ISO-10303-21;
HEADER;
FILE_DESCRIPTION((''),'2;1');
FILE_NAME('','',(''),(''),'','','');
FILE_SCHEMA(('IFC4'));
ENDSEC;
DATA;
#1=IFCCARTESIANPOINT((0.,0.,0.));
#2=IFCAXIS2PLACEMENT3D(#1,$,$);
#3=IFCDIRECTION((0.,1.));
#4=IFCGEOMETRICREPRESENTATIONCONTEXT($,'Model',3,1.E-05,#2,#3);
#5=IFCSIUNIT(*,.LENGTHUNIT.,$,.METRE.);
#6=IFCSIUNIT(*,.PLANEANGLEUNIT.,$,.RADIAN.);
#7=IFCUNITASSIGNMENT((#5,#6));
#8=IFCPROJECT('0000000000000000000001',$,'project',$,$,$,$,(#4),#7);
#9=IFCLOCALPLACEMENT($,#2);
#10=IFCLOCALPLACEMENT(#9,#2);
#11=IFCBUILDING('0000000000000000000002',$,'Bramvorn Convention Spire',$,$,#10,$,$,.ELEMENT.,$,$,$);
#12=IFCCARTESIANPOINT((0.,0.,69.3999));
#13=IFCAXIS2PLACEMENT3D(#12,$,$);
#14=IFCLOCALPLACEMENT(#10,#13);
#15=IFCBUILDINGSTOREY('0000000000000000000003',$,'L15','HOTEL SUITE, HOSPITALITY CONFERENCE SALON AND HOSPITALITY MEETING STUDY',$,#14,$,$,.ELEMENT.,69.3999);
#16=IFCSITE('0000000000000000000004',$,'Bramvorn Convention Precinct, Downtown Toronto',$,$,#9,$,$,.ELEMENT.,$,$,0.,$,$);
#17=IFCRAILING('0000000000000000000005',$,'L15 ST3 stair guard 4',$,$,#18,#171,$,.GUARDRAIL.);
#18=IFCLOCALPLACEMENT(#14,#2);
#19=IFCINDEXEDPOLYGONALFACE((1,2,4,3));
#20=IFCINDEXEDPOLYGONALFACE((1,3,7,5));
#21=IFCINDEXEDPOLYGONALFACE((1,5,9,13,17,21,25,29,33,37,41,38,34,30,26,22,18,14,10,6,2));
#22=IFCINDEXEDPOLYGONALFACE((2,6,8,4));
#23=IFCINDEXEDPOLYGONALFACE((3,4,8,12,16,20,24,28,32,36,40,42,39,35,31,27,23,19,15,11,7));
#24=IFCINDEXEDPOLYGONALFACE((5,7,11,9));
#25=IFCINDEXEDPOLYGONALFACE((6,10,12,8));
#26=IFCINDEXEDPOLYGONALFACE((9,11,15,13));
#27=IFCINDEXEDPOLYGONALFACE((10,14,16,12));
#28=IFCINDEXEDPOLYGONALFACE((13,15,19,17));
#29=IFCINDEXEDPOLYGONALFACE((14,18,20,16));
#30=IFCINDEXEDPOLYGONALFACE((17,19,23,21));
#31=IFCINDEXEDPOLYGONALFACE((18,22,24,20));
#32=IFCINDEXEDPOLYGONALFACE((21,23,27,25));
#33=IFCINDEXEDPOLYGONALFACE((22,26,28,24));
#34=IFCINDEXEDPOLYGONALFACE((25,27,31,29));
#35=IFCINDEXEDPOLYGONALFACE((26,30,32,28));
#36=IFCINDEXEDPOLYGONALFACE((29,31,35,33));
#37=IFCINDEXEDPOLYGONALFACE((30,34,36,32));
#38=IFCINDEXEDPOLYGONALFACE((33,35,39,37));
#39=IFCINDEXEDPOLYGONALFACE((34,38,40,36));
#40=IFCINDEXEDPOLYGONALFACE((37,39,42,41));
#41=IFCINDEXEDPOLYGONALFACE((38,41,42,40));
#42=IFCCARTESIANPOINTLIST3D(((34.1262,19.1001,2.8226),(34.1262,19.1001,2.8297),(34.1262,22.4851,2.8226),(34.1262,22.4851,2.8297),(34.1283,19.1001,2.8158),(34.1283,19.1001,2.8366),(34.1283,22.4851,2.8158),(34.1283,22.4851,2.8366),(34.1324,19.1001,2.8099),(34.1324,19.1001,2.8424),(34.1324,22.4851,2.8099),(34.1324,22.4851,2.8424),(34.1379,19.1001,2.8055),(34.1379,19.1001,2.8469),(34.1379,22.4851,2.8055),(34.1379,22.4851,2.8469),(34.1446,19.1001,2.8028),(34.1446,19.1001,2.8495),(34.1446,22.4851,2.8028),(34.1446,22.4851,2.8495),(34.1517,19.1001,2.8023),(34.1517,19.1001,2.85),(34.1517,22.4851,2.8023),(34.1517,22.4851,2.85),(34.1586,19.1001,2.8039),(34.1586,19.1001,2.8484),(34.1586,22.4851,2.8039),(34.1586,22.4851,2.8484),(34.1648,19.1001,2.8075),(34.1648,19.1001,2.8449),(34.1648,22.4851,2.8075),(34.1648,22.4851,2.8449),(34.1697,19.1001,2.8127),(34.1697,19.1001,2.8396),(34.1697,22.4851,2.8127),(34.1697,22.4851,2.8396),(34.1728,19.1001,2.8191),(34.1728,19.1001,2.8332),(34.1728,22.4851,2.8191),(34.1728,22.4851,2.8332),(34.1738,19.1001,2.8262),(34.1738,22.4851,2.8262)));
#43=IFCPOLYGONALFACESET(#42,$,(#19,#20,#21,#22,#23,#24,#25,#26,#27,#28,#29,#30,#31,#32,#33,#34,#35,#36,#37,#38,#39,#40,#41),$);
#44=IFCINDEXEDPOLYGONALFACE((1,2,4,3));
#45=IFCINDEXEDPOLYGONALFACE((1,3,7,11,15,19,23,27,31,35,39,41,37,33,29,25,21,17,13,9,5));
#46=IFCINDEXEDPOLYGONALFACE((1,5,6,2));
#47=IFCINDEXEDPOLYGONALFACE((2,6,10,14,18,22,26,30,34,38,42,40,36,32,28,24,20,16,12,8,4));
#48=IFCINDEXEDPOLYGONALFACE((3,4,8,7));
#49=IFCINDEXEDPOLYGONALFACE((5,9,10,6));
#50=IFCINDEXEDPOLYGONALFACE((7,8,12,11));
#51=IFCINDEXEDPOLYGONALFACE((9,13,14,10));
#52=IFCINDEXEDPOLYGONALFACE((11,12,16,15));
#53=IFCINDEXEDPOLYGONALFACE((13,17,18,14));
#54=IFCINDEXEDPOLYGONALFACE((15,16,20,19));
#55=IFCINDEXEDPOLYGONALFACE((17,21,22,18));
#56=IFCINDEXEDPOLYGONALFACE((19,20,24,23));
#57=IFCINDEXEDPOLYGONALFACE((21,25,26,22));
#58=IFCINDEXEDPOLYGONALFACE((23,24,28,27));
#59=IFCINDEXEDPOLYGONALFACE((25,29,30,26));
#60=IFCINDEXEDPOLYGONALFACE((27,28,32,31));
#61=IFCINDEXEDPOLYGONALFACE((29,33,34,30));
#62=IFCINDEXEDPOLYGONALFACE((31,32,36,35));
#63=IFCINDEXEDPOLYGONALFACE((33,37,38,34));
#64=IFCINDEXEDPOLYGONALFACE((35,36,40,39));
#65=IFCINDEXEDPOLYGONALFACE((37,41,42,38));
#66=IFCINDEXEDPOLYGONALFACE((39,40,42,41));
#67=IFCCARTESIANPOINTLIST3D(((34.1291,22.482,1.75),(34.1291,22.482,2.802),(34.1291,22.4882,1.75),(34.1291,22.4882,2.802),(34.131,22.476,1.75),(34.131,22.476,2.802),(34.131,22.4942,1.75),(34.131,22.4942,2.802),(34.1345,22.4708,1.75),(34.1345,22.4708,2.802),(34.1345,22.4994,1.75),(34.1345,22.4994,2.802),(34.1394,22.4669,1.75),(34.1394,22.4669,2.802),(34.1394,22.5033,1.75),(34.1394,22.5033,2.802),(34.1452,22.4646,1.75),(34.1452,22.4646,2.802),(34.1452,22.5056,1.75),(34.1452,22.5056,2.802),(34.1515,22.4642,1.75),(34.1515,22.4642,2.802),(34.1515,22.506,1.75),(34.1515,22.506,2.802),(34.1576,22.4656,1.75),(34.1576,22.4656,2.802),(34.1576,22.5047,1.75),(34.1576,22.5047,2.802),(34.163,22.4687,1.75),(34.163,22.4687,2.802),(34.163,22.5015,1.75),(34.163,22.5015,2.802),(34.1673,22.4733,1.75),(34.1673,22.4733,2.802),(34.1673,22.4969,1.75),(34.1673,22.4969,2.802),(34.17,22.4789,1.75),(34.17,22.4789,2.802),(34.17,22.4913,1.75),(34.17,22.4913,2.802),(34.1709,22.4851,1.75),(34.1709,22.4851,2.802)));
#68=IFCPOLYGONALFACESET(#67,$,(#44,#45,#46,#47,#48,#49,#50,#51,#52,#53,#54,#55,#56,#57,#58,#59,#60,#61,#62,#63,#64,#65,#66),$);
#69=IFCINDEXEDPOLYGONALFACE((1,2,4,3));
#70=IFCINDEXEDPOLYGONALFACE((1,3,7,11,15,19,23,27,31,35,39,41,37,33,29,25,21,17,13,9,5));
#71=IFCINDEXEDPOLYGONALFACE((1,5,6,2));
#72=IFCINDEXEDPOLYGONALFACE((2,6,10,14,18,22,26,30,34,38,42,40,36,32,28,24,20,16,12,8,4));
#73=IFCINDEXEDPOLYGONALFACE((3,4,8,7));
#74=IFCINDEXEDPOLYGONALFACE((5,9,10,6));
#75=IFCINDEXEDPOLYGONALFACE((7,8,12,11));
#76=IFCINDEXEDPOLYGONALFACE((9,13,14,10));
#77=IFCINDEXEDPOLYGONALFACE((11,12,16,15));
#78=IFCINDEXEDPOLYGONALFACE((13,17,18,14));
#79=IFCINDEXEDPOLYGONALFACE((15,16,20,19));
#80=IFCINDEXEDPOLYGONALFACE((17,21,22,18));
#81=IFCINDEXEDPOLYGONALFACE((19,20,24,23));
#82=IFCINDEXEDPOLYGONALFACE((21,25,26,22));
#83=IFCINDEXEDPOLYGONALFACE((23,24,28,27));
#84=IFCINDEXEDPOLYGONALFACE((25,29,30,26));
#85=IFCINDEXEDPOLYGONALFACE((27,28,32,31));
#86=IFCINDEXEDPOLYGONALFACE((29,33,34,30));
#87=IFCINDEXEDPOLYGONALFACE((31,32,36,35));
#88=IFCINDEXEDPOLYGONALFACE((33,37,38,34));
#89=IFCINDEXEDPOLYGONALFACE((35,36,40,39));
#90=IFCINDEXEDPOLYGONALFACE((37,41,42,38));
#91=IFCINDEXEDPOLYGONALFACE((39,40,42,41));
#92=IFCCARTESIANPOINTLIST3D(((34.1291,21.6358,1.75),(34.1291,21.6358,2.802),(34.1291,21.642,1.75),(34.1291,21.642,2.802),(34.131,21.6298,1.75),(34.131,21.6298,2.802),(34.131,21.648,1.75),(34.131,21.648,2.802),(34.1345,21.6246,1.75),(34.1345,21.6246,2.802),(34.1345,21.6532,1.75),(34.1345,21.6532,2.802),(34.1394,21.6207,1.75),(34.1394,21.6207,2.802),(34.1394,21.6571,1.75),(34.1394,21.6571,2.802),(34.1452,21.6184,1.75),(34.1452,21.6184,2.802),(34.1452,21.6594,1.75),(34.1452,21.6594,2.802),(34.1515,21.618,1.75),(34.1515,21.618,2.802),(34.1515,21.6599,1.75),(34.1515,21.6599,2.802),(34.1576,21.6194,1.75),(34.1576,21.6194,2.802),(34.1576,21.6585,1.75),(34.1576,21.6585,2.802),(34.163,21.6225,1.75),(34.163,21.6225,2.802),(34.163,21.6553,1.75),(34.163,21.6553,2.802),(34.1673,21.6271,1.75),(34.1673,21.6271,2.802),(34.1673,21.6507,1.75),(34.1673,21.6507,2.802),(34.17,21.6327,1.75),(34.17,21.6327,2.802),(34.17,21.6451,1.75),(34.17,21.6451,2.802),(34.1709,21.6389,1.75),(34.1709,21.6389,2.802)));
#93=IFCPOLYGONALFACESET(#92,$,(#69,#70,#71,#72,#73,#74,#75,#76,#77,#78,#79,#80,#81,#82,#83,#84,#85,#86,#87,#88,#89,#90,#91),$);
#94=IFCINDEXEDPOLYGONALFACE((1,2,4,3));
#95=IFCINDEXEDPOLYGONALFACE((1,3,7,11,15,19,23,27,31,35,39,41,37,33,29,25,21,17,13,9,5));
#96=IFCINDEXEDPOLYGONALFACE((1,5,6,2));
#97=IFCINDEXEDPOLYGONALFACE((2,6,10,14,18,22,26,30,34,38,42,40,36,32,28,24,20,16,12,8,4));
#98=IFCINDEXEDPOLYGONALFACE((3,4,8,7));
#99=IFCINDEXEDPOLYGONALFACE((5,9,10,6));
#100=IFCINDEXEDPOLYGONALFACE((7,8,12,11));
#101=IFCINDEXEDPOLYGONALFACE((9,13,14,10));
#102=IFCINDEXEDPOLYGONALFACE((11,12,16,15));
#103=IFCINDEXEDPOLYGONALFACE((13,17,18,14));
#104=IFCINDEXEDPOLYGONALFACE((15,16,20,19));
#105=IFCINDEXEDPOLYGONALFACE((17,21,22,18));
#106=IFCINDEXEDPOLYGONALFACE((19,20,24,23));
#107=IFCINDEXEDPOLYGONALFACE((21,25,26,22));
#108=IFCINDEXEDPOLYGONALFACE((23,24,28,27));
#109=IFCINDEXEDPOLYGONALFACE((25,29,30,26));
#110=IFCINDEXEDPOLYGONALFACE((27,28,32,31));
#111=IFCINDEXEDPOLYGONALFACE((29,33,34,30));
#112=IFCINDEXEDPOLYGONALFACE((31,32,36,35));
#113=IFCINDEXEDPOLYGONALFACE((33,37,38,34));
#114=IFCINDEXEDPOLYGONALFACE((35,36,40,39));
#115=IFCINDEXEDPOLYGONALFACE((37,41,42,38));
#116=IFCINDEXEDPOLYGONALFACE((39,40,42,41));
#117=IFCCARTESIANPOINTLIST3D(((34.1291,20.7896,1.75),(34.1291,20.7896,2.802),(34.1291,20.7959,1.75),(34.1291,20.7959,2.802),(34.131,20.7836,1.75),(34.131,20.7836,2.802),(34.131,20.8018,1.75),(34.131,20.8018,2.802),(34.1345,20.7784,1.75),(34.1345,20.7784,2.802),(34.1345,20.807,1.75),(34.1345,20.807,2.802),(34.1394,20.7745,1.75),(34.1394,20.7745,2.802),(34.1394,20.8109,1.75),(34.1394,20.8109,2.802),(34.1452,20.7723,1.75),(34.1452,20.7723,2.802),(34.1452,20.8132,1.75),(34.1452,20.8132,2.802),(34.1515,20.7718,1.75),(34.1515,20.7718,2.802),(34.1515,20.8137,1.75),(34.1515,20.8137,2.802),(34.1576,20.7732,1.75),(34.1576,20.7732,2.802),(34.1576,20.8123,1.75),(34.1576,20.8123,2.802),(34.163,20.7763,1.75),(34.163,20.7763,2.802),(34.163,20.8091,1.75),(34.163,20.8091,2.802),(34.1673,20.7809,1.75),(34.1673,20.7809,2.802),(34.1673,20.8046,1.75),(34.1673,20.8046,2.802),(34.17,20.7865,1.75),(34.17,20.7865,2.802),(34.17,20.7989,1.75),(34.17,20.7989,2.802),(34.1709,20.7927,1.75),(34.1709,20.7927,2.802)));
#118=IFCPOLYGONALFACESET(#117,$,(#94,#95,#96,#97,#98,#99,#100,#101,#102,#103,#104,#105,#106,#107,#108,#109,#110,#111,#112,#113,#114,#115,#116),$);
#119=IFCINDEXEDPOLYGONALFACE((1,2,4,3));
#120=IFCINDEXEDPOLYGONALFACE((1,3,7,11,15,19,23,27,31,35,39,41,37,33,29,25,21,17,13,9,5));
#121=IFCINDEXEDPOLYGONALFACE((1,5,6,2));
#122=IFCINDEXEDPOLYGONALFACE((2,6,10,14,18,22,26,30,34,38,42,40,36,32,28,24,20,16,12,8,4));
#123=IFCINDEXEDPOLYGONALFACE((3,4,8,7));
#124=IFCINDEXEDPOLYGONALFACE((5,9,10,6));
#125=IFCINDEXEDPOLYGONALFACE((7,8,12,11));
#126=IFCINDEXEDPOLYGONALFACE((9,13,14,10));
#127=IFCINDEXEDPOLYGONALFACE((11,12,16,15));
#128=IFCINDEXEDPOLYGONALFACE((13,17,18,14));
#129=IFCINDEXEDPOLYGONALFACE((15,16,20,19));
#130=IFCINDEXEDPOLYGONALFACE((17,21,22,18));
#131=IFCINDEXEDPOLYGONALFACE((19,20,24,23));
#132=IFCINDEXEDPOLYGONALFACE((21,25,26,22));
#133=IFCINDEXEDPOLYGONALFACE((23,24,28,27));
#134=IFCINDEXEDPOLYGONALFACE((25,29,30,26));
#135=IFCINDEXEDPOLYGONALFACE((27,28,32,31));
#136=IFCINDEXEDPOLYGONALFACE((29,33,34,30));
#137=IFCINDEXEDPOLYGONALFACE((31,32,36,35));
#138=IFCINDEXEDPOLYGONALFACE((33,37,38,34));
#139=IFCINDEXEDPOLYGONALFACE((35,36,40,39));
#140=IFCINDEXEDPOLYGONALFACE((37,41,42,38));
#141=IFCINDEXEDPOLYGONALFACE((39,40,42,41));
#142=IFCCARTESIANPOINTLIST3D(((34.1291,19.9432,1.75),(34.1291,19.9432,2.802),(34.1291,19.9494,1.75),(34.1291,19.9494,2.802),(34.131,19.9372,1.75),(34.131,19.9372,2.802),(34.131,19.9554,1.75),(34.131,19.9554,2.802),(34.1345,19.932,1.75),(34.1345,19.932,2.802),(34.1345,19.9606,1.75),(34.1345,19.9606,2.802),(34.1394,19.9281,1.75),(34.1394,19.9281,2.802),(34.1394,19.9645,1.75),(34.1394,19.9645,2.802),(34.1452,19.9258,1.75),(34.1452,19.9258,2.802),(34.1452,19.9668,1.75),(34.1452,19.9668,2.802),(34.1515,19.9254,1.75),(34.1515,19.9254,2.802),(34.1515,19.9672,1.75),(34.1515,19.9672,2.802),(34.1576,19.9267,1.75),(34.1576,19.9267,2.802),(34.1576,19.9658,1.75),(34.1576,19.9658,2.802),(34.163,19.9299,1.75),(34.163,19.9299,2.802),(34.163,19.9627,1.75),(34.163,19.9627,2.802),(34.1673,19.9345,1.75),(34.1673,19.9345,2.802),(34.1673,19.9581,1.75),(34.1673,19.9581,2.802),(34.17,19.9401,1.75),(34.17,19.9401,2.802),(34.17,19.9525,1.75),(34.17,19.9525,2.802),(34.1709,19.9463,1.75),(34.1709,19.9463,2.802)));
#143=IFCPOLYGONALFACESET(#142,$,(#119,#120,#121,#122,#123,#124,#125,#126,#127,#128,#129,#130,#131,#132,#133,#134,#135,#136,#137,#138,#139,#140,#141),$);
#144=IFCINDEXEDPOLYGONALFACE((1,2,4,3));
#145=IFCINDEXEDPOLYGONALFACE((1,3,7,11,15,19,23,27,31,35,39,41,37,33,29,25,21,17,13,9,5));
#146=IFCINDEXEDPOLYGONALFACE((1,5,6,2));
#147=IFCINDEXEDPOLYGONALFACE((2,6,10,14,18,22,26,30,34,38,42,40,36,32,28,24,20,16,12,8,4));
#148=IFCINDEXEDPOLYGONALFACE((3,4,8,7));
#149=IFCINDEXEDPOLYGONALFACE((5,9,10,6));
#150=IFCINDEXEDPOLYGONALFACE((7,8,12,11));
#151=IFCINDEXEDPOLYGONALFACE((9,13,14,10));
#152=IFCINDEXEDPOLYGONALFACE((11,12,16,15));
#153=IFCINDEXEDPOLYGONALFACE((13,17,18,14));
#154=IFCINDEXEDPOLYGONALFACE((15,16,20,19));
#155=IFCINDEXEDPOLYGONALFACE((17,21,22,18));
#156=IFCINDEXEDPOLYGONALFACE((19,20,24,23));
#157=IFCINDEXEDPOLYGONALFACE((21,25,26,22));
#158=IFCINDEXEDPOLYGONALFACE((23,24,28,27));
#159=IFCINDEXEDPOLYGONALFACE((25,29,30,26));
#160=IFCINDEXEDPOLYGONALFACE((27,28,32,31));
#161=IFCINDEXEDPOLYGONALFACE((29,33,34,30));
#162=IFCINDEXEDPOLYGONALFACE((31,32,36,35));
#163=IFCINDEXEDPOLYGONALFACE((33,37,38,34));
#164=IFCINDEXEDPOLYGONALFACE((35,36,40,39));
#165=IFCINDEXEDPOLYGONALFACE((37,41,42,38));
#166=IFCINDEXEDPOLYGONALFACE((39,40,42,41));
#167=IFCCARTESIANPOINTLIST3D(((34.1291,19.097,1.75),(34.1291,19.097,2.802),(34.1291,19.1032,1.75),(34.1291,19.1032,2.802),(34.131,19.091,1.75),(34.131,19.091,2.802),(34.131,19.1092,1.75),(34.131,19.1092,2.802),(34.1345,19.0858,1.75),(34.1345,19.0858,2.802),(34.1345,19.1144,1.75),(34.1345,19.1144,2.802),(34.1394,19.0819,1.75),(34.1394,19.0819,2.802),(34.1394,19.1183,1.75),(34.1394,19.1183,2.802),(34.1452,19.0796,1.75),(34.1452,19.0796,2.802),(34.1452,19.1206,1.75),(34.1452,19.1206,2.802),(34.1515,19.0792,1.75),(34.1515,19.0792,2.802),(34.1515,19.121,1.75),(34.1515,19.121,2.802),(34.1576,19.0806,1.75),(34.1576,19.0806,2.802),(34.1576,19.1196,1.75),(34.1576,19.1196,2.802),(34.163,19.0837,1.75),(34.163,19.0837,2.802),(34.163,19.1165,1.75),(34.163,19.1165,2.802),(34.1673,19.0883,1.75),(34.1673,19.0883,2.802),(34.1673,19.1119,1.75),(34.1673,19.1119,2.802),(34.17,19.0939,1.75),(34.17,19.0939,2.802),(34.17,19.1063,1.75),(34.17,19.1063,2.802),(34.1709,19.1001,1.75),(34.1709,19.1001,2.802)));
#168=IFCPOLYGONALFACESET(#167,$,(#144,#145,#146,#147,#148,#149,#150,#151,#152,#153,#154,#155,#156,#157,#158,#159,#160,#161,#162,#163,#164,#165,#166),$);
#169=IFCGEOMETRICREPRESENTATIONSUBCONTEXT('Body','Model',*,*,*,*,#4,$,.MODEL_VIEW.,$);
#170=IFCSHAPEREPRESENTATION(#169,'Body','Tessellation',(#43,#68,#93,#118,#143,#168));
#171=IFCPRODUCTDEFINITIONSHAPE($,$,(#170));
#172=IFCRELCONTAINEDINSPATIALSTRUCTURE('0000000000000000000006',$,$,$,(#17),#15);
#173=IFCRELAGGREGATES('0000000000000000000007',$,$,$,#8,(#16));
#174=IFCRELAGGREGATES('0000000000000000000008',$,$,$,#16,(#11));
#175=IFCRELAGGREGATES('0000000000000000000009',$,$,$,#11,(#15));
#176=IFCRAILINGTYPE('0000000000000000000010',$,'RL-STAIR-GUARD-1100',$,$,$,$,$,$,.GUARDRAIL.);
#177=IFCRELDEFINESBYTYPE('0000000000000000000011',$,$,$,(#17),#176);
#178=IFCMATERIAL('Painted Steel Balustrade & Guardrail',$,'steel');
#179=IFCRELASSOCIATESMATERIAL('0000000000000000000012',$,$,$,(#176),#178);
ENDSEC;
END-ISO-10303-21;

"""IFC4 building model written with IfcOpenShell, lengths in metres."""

from ifc_helpers import new_model, si_unit, direction, frame, origin, origin_2d, place, context, subcontext, project, spatial, circle, extrude, material, type_object, element, save


model = new_model("IFC4")

# Units and contexts
model_context = context("Model", 3, precision=1e-05, world=origin(), true_north=direction((0.0, 1.0)))
body_context = subcontext(model_context, "Body", "Model", "MODEL_VIEW")
ifc_project = project(units=[si_unit("LENGTHUNIT", "METRE"), si_unit("PLANEANGLEUNIT", "RADIAN")], contexts=[model_context])

# Site, building, storey
site_placement = place(None, origin())
site = spatial("IfcSite", under=ifc_project, at=site_placement, Name="Bramvorn Convention Precinct, Downtown Toronto", CompositionType="ELEMENT", RefElevation=0.0)
building_placement = place(site_placement, origin())
building = spatial("IfcBuilding", under=site, at=building_placement, Name="Bramvorn Convention Spire", CompositionType="ELEMENT")
storey_placement = place(building_placement, frame((0.0, 0.0, 69.3999)))
storey = spatial("IfcBuildingStorey", under=building, at=storey_placement, Name="L15", Description="HOTEL SUITE, HOSPITALITY CONFERENCE SALON AND HOSPITALITY MEETING STUDY", CompositionType="ELEMENT", Elevation=69.3999)

# Railing
ifc_material_1 = material(Name="Painted Steel Balustrade & Guardrail", Category="steel")
railing_type_1 = type_object("IfcRailingType", Name="RL-STAIR-GUARD-1100", PredefinedType="GUARDRAIL", material=ifc_material_1)
railing_1_placement = place(storey_placement, frame((34.1499, 22.4851, 1.75)))
element("IfcRailing", 1, at=railing_1_placement, inside=storey, type_object=railing_type_1, Name="L15 ST3 stair guard 4", PredefinedType="GUARDRAIL", context=body_context, shape_type="SweptSolid", body=[
    extrude(circle(Radius=0.0239, at=origin_2d()), frame((0.0, 0.0, 1.0762), z_axis=(0.0, -1.0, 0.0), x_axis=(1.0, 0.0, 0.0)), (0.0, 0.0, 1.0), 3.385),
    extrude(circle(Radius=0.021, at=origin_2d()), origin(), (0.0, 0.0, 1.0), 1.052),
    extrude(circle(Radius=0.021, at=origin_2d()), frame((0.0, -0.8462, 0.0)), (0.0, 0.0, 1.0), 1.052),
    extrude(circle(Radius=0.021, at=origin_2d()), frame((0.0, -1.6924, 0.0)), (0.0, 0.0, 1.0), 1.052),
    extrude(circle(Radius=0.021, at=origin_2d()), frame((0.0, -2.5388, 0.0)), (0.0, 0.0, 1.0), 1.052),
    extrude(circle(Radius=0.021, at=origin_2d()), frame((0.0, -3.385, 0.0)), (0.0, 0.0, 1.0), 1.052),
])

save(model, "model.ifc")
